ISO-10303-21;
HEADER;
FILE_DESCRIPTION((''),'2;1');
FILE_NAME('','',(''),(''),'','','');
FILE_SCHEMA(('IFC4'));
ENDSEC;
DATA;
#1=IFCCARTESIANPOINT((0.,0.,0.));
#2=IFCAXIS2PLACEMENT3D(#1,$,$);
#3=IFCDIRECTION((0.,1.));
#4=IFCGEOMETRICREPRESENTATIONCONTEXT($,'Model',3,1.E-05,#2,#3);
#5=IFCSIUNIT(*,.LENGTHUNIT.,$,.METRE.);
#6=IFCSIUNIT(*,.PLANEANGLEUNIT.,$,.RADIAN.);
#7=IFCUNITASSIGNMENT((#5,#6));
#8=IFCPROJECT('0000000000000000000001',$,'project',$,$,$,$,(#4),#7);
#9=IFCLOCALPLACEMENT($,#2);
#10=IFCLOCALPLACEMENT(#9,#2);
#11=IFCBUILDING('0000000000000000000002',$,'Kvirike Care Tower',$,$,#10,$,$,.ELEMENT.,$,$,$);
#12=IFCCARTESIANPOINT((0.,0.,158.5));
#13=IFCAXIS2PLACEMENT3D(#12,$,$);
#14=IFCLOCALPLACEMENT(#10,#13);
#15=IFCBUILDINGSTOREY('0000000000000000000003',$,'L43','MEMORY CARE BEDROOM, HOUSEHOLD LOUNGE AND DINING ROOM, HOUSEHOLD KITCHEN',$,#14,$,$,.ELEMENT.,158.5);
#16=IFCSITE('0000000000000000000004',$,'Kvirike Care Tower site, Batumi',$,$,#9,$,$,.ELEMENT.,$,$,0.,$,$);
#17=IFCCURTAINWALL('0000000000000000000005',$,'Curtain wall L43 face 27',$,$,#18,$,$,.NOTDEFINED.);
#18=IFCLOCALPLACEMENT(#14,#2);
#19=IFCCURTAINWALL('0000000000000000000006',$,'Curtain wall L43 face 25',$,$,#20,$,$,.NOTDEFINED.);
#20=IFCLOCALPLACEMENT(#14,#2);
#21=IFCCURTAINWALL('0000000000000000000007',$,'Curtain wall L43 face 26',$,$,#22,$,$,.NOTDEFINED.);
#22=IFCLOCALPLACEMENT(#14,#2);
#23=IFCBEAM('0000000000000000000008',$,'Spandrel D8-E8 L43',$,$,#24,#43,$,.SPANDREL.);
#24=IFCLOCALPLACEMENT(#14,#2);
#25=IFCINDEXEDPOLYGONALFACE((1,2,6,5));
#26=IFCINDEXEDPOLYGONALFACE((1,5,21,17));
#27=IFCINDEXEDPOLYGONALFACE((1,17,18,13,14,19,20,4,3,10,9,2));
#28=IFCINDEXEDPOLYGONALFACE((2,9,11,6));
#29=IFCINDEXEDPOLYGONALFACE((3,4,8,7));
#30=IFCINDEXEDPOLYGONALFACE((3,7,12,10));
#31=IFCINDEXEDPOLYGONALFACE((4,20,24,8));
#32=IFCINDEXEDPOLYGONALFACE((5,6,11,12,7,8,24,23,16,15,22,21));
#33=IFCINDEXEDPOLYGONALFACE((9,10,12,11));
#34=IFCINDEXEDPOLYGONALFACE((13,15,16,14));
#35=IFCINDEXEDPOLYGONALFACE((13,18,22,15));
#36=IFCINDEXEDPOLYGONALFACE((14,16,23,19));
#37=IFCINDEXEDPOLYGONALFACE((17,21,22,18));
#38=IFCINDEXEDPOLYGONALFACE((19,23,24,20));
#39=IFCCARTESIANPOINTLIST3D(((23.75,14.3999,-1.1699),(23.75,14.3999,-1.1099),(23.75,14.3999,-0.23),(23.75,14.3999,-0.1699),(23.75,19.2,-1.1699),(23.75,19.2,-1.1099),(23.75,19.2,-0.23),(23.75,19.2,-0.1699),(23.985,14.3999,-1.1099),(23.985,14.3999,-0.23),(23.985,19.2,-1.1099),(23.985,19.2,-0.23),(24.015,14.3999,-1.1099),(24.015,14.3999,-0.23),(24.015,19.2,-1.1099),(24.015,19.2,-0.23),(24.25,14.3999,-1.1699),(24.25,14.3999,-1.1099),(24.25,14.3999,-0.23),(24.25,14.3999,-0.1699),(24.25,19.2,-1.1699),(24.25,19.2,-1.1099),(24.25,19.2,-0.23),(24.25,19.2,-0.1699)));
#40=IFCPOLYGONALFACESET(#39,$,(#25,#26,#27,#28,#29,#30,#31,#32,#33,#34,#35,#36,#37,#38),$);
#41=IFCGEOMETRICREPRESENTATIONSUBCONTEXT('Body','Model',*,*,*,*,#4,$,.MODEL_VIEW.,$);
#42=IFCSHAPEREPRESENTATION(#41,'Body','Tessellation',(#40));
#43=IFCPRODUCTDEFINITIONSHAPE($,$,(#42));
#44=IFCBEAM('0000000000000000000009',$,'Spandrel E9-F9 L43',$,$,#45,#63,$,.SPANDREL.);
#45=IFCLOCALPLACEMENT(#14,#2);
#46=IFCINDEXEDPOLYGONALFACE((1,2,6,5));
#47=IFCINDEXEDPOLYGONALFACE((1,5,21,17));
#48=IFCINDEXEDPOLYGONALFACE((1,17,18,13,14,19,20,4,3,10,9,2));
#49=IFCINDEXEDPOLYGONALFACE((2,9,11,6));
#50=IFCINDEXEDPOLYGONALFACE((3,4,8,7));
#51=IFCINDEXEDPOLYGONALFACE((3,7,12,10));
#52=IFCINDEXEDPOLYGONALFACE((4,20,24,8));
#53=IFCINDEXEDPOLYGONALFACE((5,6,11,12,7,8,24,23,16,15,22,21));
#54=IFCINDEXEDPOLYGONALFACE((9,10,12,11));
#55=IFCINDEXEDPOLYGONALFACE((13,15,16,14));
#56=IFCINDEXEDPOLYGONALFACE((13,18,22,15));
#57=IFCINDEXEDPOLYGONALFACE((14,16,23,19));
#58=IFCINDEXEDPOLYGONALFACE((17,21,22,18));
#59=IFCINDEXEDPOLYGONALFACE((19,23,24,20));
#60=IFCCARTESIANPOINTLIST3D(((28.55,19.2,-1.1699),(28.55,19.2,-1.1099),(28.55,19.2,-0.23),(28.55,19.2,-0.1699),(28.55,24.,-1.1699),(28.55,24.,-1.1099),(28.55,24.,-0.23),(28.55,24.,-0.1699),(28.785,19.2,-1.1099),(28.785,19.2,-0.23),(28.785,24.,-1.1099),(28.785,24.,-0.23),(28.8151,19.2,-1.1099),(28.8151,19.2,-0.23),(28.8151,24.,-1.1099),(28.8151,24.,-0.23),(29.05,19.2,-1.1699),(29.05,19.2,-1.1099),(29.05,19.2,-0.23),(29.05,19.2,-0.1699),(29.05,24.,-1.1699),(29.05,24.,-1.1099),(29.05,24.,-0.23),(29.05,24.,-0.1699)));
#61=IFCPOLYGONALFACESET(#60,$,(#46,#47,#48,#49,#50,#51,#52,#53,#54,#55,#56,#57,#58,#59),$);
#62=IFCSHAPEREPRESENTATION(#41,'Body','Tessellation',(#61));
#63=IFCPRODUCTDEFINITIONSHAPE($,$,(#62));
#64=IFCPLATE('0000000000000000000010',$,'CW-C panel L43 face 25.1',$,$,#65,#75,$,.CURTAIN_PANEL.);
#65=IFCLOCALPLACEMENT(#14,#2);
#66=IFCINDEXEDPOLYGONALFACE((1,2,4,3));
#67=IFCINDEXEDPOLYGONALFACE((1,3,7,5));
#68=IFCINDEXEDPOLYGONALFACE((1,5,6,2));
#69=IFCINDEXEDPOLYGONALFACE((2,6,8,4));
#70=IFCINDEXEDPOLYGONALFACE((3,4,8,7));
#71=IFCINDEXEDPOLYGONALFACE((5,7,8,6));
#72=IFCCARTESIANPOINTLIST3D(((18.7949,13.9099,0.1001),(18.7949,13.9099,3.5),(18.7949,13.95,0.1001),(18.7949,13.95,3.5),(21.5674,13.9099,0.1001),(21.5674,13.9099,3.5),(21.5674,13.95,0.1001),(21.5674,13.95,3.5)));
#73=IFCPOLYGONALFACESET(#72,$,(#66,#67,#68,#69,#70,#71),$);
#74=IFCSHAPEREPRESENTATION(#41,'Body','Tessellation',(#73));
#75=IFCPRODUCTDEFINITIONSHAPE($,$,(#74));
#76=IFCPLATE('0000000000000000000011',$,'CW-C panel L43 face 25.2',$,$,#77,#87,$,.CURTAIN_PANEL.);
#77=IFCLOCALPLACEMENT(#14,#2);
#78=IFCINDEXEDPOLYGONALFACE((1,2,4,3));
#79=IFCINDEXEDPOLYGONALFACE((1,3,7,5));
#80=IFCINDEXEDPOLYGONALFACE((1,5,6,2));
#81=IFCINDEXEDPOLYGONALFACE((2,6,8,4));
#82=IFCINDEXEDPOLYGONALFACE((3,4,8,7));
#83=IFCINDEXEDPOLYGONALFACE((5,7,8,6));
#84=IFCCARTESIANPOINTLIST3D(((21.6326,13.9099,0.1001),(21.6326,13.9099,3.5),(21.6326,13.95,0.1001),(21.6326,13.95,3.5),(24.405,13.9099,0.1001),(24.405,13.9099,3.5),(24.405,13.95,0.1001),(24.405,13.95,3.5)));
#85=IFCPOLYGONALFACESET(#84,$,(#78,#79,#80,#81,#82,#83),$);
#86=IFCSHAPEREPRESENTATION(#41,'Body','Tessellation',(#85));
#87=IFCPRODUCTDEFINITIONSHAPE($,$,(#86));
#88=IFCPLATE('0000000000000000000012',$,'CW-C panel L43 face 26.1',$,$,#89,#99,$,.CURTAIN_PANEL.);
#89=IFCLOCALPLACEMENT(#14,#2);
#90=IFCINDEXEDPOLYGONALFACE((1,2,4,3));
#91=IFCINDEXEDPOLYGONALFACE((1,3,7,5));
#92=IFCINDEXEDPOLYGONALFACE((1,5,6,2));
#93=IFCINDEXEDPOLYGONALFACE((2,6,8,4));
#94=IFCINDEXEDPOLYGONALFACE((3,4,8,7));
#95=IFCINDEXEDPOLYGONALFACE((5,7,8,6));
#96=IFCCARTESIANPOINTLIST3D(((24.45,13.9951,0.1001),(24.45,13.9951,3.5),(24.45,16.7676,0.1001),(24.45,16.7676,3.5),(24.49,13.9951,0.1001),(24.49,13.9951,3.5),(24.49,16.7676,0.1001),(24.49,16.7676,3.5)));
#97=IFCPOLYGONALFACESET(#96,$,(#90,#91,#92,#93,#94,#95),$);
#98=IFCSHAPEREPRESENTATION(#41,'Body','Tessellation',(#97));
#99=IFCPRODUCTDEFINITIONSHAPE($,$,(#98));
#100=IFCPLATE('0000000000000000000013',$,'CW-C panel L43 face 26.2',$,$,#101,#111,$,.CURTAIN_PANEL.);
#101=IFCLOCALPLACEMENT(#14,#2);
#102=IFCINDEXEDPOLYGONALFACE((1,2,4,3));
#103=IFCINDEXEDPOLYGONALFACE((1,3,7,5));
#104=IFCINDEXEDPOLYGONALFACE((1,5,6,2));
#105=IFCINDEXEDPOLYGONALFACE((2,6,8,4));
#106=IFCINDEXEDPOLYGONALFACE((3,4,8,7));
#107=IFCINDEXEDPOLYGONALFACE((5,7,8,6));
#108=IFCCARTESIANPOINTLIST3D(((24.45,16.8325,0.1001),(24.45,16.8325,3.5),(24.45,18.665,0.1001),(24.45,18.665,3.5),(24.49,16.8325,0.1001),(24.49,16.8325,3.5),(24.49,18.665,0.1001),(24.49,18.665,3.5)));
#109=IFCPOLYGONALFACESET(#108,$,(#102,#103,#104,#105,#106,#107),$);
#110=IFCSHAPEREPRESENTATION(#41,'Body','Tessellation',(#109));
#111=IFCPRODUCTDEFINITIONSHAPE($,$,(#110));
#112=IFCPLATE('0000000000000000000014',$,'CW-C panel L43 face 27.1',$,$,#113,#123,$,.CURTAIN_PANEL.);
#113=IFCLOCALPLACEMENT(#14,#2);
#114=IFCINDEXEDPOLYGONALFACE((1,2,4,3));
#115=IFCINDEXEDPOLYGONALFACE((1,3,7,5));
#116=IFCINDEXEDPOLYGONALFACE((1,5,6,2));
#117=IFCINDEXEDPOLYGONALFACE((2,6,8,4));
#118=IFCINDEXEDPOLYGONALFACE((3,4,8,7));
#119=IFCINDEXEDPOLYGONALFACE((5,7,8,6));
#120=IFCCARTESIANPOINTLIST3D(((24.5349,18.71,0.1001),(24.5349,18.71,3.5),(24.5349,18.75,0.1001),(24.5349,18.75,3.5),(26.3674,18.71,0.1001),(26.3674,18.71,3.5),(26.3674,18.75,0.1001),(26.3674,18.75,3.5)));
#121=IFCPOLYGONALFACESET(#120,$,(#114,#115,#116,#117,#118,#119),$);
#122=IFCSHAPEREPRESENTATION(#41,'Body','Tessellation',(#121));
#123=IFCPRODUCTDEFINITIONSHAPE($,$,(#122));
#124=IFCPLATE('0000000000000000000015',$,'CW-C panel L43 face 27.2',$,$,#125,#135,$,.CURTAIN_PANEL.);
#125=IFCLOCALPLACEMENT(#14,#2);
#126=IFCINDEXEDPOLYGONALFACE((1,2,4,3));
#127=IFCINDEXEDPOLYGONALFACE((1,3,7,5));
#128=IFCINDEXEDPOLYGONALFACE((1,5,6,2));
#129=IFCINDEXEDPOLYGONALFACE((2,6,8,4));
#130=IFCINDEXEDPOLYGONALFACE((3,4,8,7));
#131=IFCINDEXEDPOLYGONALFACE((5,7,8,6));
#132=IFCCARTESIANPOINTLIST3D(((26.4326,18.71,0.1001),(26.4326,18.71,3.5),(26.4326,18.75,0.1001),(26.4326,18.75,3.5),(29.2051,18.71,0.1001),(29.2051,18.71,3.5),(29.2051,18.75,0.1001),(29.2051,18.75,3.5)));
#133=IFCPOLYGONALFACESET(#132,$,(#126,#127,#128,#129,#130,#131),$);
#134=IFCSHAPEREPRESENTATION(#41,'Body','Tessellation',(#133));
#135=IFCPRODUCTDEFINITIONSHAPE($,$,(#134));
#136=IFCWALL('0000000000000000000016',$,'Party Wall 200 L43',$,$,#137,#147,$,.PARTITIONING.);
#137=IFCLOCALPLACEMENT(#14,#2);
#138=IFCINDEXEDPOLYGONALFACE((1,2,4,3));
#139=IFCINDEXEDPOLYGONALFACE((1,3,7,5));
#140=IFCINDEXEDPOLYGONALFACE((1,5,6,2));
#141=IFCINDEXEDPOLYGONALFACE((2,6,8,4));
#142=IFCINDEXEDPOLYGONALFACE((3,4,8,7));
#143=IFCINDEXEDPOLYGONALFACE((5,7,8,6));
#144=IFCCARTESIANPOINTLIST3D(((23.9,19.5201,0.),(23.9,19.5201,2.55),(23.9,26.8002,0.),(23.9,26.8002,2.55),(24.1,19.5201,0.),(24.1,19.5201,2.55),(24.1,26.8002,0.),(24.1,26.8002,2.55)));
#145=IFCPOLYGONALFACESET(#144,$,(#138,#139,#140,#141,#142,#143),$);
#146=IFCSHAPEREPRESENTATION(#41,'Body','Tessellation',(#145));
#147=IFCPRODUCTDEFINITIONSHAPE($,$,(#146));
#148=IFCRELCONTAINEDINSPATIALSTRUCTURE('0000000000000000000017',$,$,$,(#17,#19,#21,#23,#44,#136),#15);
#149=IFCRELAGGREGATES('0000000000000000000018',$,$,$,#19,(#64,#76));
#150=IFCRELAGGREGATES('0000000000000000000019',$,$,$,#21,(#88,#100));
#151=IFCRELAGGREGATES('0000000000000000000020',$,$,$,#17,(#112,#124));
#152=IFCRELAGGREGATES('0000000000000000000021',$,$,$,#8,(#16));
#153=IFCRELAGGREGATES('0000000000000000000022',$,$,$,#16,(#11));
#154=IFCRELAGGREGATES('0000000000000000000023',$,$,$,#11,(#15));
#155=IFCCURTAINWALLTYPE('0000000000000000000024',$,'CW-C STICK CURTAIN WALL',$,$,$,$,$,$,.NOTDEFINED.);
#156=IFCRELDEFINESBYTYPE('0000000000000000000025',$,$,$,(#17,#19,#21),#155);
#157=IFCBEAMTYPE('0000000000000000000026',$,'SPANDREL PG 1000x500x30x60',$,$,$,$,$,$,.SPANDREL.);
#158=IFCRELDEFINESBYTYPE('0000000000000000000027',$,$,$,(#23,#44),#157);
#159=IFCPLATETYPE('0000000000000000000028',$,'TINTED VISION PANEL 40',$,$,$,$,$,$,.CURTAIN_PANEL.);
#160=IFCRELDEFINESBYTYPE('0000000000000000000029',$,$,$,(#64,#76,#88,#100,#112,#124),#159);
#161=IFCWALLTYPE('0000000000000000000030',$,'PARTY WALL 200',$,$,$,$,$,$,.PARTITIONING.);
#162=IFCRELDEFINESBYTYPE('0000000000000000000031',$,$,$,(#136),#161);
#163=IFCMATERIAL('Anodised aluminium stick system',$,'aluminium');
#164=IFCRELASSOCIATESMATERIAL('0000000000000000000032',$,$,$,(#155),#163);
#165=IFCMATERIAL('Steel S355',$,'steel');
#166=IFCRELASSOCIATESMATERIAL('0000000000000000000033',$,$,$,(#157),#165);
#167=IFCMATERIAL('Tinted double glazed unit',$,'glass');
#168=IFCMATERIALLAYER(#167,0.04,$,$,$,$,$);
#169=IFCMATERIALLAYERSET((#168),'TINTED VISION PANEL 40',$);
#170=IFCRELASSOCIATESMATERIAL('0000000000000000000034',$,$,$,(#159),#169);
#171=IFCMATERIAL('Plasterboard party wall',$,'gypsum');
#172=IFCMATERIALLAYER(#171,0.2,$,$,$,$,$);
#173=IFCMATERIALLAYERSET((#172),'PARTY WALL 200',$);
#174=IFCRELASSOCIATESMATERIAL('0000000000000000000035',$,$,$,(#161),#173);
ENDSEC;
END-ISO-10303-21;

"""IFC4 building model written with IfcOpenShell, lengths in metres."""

from ifc_helpers import new_model, si_unit, direction, frame, frame_2d, origin, origin_2d, place, context, subcontext, project, spatial, rectangle, i_section, extrude, material, layer, layer_set, material_profile, profile_set, type_object, element, aggregate, save


model = new_model("IFC4")

# Units and contexts
model_context = context("Model", 3, precision=1e-05, world=origin(), true_north=direction((0.0, 1.0)))
body_context = subcontext(model_context, "Body", "Model", "MODEL_VIEW")
ifc_project = project(units=[si_unit("LENGTHUNIT", "METRE"), si_unit("PLANEANGLEUNIT", "RADIAN")], contexts=[model_context])

# Site, building, storey
site_placement = place(None, origin())
site = spatial("IfcSite", under=ifc_project, at=site_placement, Name="Kvirike Care Tower site, Batumi", CompositionType="ELEMENT", RefElevation=0.0)
building_placement = place(site_placement, origin())
building = spatial("IfcBuilding", under=site, at=building_placement, Name="Kvirike Care Tower", CompositionType="ELEMENT")
storey_placement = place(building_placement, frame((0.0, 0.0, 158.5)))
storey = spatial("IfcBuildingStorey", under=building, at=storey_placement, Name="L43", Description="MEMORY CARE BEDROOM, HOUSEHOLD LOUNGE AND DINING ROOM, HOUSEHOLD KITCHEN", CompositionType="ELEMENT", Elevation=158.5)

# Curtain wall
ifc_material_1 = material(Name="Anodised aluminium stick system", Category="aluminium")
curtain_wall_type = type_object("IfcCurtainWallType", Name="CW-C STICK CURTAIN WALL", PredefinedType="NOTDEFINED", material=ifc_material_1)
curtain_wall_1_placement = place(storey_placement, origin())
curtain_wall_1 = element("IfcCurtainWall", 1, at=curtain_wall_1_placement, inside=storey, type_object=curtain_wall_type, Name="Curtain wall L43 face 27", PredefinedType="NOTDEFINED")

# Curtain walls
curtain_wall_2_placement = place(storey_placement, origin())
curtain_wall_2 = element("IfcCurtainWall", 2, at=curtain_wall_2_placement, inside=storey, type_object=curtain_wall_type, Name="Curtain wall L43 face 25", PredefinedType="NOTDEFINED")
curtain_wall_3_placement = place(storey_placement, origin())
curtain_wall_3 = element("IfcCurtainWall", 3, at=curtain_wall_3_placement, inside=storey, type_object=curtain_wall_type, Name="Curtain wall L43 face 26", PredefinedType="NOTDEFINED")

# Beams
ifc_material_2 = material(Name="Steel S355", Category="steel")
ifc_material_profile_1 = material_profile(ifc_material_2, i_section(OverallWidth=0.5, OverallDepth=1.0, WebThickness=0.03, FlangeThickness=0.0601, at=origin_2d()), Name="PG 1000x500x30x60")
ifc_profile_set_1 = profile_set([ifc_material_profile_1], Name="Steel S355")
beam_type_1 = type_object("IfcBeamType", Name="SPANDREL PG 1000x500x30x60", PredefinedType="SPANDREL", material=ifc_profile_set_1)
for number, where, z_axis, x_axis, name in (
    (4, (24.0, 14.3999, -0.6699), (0.0, 1.0, 0.0), (-1.0, 0.0, 0.0), "Spandrel D8-E8 L43"),
    (5, (28.8, 19.2, -0.6699), (0.0, 1.0, 0.0), (-1.0, 0.0, 0.0), "Spandrel E9-F9 L43"),
):
    element("IfcBeam", number, at=place(storey_placement, frame(where, z_axis=z_axis, x_axis=x_axis)), inside=storey, type_object=beam_type_1, Name=name, PredefinedType="SPANDREL", context=body_context, shape_type="SweptSolid", body=[
        extrude(i_section(OverallWidth=0.5, OverallDepth=1.0, WebThickness=0.03, FlangeThickness=0.0601, at=origin_2d()), origin(), (0.0, 0.0, 1.0), 4.8),
    ])

# Plates
ifc_material_3 = material(Name="Tinted double glazed unit", Category="glass")
ifc_layer_1 = layer(ifc_material_3, 0.04)
ifc_layer_set_1 = layer_set([ifc_layer_1], Name="TINTED VISION PANEL 40")
plate_type = type_object("IfcPlateType", Name="TINTED VISION PANEL 40", PredefinedType="CURTAIN_PANEL", material=ifc_layer_set_1)
plate_1_placement = place(storey_placement, frame((20.1812, 13.9299, 0.1001), z_axis=(0.0, 0.0, 1.0), x_axis=(1.0, 0.0, 0.0)))
plate_1 = element("IfcPlate", 6, at=plate_1_placement, type_object=plate_type, Name="CW-C panel L43 face 25.1", PredefinedType="CURTAIN_PANEL", context=body_context, shape_type="SweptSolid", body=[
    extrude(rectangle(XDim=2.7725, YDim=0.04, at=origin_2d()), origin(), (0.0, 0.0, 1.0), 3.3999),
])
plate_2_placement = place(storey_placement, frame((23.0188, 13.9299, 0.1001), z_axis=(0.0, 0.0, 1.0), x_axis=(1.0, 0.0, 0.0)))
plate_2 = element("IfcPlate", 7, at=plate_2_placement, type_object=plate_type, Name="CW-C panel L43 face 25.2", PredefinedType="CURTAIN_PANEL", context=body_context, shape_type="SweptSolid", body=[
    extrude(rectangle(XDim=2.7725, YDim=0.04, at=origin_2d()), origin(), (0.0, 0.0, 1.0), 3.3999),
])
aggregate(curtain_wall_2, [plate_1, plate_2])
plate_3_placement = place(storey_placement, frame((24.47, 15.3813, 0.1001), z_axis=(0.0, 0.0, 1.0), x_axis=(0.0, 1.0, 0.0)))
plate_3 = element("IfcPlate", 8, at=plate_3_placement, type_object=plate_type, Name="CW-C panel L43 face 26.1", PredefinedType="CURTAIN_PANEL", context=body_context, shape_type="SweptSolid", body=[
    extrude(rectangle(XDim=2.7725, YDim=0.04, at=origin_2d()), origin(), (0.0, 0.0, 1.0), 3.3999),
])
plate_4_placement = place(storey_placement, frame((24.47, 17.7488, 0.1001), z_axis=(0.0, 0.0, 1.0), x_axis=(0.0, 1.0, 0.0)))
plate_4 = element("IfcPlate", 9, at=plate_4_placement, type_object=plate_type, Name="CW-C panel L43 face 26.2", PredefinedType="CURTAIN_PANEL", context=body_context, shape_type="SweptSolid", body=[
    extrude(rectangle(XDim=1.8325, YDim=0.04, at=origin_2d()), origin(), (0.0, 0.0, 1.0), 3.3999),
])
aggregate(curtain_wall_3, [plate_3, plate_4])
plate_5_placement = place(storey_placement, frame((25.4512, 18.73, 0.1001), z_axis=(0.0, 0.0, 1.0), x_axis=(1.0, 0.0, 0.0)))
plate_5 = element("IfcPlate", 10, at=plate_5_placement, type_object=plate_type, Name="CW-C panel L43 face 27.1", PredefinedType="CURTAIN_PANEL", context=body_context, shape_type="SweptSolid", body=[
    extrude(rectangle(XDim=1.8325, YDim=0.04, at=origin_2d()), origin(), (0.0, 0.0, 1.0), 3.3999),
])
plate_6_placement = place(storey_placement, frame((27.8188, 18.73, 0.1001), z_axis=(0.0, 0.0, 1.0), x_axis=(1.0, 0.0, 0.0)))
plate_6 = element("IfcPlate", 11, at=plate_6_placement, type_object=plate_type, Name="CW-C panel L43 face 27.2", PredefinedType="CURTAIN_PANEL", context=body_context, shape_type="SweptSolid", body=[
    extrude(rectangle(XDim=2.7725, YDim=0.04, at=origin_2d()), origin(), (0.0, 0.0, 1.0), 3.3999),
])
aggregate(curtain_wall_1, [plate_5, plate_6])

# Wall
ifc_material_4 = material(Name="Plasterboard party wall", Category="gypsum")
ifc_layer_2 = layer(ifc_material_4, 0.2)
ifc_layer_set_2 = layer_set([ifc_layer_2], Name="PARTY WALL 200")
wall_type = type_object("IfcWallType", Name="PARTY WALL 200", PredefinedType="PARTITIONING", material=ifc_layer_set_2)
wall_placement = place(storey_placement, frame((24.0, 19.52, 0.0), z_axis=(0.0, 0.0, 1.0), x_axis=(0.0, 1.0, 0.0)))
element("IfcWall", 12, at=wall_placement, inside=storey, type_object=wall_type, Name="Party Wall 200 L43", PredefinedType="PARTITIONING", context=body_context, shape_type="SweptSolid", body=[
    extrude(rectangle(XDim=7.28, YDim=0.2, at=frame_2d((3.6401, 0.0))), origin(), (0.0, 0.0, 1.0), 2.55),
])

save(model, "model.ifc")
